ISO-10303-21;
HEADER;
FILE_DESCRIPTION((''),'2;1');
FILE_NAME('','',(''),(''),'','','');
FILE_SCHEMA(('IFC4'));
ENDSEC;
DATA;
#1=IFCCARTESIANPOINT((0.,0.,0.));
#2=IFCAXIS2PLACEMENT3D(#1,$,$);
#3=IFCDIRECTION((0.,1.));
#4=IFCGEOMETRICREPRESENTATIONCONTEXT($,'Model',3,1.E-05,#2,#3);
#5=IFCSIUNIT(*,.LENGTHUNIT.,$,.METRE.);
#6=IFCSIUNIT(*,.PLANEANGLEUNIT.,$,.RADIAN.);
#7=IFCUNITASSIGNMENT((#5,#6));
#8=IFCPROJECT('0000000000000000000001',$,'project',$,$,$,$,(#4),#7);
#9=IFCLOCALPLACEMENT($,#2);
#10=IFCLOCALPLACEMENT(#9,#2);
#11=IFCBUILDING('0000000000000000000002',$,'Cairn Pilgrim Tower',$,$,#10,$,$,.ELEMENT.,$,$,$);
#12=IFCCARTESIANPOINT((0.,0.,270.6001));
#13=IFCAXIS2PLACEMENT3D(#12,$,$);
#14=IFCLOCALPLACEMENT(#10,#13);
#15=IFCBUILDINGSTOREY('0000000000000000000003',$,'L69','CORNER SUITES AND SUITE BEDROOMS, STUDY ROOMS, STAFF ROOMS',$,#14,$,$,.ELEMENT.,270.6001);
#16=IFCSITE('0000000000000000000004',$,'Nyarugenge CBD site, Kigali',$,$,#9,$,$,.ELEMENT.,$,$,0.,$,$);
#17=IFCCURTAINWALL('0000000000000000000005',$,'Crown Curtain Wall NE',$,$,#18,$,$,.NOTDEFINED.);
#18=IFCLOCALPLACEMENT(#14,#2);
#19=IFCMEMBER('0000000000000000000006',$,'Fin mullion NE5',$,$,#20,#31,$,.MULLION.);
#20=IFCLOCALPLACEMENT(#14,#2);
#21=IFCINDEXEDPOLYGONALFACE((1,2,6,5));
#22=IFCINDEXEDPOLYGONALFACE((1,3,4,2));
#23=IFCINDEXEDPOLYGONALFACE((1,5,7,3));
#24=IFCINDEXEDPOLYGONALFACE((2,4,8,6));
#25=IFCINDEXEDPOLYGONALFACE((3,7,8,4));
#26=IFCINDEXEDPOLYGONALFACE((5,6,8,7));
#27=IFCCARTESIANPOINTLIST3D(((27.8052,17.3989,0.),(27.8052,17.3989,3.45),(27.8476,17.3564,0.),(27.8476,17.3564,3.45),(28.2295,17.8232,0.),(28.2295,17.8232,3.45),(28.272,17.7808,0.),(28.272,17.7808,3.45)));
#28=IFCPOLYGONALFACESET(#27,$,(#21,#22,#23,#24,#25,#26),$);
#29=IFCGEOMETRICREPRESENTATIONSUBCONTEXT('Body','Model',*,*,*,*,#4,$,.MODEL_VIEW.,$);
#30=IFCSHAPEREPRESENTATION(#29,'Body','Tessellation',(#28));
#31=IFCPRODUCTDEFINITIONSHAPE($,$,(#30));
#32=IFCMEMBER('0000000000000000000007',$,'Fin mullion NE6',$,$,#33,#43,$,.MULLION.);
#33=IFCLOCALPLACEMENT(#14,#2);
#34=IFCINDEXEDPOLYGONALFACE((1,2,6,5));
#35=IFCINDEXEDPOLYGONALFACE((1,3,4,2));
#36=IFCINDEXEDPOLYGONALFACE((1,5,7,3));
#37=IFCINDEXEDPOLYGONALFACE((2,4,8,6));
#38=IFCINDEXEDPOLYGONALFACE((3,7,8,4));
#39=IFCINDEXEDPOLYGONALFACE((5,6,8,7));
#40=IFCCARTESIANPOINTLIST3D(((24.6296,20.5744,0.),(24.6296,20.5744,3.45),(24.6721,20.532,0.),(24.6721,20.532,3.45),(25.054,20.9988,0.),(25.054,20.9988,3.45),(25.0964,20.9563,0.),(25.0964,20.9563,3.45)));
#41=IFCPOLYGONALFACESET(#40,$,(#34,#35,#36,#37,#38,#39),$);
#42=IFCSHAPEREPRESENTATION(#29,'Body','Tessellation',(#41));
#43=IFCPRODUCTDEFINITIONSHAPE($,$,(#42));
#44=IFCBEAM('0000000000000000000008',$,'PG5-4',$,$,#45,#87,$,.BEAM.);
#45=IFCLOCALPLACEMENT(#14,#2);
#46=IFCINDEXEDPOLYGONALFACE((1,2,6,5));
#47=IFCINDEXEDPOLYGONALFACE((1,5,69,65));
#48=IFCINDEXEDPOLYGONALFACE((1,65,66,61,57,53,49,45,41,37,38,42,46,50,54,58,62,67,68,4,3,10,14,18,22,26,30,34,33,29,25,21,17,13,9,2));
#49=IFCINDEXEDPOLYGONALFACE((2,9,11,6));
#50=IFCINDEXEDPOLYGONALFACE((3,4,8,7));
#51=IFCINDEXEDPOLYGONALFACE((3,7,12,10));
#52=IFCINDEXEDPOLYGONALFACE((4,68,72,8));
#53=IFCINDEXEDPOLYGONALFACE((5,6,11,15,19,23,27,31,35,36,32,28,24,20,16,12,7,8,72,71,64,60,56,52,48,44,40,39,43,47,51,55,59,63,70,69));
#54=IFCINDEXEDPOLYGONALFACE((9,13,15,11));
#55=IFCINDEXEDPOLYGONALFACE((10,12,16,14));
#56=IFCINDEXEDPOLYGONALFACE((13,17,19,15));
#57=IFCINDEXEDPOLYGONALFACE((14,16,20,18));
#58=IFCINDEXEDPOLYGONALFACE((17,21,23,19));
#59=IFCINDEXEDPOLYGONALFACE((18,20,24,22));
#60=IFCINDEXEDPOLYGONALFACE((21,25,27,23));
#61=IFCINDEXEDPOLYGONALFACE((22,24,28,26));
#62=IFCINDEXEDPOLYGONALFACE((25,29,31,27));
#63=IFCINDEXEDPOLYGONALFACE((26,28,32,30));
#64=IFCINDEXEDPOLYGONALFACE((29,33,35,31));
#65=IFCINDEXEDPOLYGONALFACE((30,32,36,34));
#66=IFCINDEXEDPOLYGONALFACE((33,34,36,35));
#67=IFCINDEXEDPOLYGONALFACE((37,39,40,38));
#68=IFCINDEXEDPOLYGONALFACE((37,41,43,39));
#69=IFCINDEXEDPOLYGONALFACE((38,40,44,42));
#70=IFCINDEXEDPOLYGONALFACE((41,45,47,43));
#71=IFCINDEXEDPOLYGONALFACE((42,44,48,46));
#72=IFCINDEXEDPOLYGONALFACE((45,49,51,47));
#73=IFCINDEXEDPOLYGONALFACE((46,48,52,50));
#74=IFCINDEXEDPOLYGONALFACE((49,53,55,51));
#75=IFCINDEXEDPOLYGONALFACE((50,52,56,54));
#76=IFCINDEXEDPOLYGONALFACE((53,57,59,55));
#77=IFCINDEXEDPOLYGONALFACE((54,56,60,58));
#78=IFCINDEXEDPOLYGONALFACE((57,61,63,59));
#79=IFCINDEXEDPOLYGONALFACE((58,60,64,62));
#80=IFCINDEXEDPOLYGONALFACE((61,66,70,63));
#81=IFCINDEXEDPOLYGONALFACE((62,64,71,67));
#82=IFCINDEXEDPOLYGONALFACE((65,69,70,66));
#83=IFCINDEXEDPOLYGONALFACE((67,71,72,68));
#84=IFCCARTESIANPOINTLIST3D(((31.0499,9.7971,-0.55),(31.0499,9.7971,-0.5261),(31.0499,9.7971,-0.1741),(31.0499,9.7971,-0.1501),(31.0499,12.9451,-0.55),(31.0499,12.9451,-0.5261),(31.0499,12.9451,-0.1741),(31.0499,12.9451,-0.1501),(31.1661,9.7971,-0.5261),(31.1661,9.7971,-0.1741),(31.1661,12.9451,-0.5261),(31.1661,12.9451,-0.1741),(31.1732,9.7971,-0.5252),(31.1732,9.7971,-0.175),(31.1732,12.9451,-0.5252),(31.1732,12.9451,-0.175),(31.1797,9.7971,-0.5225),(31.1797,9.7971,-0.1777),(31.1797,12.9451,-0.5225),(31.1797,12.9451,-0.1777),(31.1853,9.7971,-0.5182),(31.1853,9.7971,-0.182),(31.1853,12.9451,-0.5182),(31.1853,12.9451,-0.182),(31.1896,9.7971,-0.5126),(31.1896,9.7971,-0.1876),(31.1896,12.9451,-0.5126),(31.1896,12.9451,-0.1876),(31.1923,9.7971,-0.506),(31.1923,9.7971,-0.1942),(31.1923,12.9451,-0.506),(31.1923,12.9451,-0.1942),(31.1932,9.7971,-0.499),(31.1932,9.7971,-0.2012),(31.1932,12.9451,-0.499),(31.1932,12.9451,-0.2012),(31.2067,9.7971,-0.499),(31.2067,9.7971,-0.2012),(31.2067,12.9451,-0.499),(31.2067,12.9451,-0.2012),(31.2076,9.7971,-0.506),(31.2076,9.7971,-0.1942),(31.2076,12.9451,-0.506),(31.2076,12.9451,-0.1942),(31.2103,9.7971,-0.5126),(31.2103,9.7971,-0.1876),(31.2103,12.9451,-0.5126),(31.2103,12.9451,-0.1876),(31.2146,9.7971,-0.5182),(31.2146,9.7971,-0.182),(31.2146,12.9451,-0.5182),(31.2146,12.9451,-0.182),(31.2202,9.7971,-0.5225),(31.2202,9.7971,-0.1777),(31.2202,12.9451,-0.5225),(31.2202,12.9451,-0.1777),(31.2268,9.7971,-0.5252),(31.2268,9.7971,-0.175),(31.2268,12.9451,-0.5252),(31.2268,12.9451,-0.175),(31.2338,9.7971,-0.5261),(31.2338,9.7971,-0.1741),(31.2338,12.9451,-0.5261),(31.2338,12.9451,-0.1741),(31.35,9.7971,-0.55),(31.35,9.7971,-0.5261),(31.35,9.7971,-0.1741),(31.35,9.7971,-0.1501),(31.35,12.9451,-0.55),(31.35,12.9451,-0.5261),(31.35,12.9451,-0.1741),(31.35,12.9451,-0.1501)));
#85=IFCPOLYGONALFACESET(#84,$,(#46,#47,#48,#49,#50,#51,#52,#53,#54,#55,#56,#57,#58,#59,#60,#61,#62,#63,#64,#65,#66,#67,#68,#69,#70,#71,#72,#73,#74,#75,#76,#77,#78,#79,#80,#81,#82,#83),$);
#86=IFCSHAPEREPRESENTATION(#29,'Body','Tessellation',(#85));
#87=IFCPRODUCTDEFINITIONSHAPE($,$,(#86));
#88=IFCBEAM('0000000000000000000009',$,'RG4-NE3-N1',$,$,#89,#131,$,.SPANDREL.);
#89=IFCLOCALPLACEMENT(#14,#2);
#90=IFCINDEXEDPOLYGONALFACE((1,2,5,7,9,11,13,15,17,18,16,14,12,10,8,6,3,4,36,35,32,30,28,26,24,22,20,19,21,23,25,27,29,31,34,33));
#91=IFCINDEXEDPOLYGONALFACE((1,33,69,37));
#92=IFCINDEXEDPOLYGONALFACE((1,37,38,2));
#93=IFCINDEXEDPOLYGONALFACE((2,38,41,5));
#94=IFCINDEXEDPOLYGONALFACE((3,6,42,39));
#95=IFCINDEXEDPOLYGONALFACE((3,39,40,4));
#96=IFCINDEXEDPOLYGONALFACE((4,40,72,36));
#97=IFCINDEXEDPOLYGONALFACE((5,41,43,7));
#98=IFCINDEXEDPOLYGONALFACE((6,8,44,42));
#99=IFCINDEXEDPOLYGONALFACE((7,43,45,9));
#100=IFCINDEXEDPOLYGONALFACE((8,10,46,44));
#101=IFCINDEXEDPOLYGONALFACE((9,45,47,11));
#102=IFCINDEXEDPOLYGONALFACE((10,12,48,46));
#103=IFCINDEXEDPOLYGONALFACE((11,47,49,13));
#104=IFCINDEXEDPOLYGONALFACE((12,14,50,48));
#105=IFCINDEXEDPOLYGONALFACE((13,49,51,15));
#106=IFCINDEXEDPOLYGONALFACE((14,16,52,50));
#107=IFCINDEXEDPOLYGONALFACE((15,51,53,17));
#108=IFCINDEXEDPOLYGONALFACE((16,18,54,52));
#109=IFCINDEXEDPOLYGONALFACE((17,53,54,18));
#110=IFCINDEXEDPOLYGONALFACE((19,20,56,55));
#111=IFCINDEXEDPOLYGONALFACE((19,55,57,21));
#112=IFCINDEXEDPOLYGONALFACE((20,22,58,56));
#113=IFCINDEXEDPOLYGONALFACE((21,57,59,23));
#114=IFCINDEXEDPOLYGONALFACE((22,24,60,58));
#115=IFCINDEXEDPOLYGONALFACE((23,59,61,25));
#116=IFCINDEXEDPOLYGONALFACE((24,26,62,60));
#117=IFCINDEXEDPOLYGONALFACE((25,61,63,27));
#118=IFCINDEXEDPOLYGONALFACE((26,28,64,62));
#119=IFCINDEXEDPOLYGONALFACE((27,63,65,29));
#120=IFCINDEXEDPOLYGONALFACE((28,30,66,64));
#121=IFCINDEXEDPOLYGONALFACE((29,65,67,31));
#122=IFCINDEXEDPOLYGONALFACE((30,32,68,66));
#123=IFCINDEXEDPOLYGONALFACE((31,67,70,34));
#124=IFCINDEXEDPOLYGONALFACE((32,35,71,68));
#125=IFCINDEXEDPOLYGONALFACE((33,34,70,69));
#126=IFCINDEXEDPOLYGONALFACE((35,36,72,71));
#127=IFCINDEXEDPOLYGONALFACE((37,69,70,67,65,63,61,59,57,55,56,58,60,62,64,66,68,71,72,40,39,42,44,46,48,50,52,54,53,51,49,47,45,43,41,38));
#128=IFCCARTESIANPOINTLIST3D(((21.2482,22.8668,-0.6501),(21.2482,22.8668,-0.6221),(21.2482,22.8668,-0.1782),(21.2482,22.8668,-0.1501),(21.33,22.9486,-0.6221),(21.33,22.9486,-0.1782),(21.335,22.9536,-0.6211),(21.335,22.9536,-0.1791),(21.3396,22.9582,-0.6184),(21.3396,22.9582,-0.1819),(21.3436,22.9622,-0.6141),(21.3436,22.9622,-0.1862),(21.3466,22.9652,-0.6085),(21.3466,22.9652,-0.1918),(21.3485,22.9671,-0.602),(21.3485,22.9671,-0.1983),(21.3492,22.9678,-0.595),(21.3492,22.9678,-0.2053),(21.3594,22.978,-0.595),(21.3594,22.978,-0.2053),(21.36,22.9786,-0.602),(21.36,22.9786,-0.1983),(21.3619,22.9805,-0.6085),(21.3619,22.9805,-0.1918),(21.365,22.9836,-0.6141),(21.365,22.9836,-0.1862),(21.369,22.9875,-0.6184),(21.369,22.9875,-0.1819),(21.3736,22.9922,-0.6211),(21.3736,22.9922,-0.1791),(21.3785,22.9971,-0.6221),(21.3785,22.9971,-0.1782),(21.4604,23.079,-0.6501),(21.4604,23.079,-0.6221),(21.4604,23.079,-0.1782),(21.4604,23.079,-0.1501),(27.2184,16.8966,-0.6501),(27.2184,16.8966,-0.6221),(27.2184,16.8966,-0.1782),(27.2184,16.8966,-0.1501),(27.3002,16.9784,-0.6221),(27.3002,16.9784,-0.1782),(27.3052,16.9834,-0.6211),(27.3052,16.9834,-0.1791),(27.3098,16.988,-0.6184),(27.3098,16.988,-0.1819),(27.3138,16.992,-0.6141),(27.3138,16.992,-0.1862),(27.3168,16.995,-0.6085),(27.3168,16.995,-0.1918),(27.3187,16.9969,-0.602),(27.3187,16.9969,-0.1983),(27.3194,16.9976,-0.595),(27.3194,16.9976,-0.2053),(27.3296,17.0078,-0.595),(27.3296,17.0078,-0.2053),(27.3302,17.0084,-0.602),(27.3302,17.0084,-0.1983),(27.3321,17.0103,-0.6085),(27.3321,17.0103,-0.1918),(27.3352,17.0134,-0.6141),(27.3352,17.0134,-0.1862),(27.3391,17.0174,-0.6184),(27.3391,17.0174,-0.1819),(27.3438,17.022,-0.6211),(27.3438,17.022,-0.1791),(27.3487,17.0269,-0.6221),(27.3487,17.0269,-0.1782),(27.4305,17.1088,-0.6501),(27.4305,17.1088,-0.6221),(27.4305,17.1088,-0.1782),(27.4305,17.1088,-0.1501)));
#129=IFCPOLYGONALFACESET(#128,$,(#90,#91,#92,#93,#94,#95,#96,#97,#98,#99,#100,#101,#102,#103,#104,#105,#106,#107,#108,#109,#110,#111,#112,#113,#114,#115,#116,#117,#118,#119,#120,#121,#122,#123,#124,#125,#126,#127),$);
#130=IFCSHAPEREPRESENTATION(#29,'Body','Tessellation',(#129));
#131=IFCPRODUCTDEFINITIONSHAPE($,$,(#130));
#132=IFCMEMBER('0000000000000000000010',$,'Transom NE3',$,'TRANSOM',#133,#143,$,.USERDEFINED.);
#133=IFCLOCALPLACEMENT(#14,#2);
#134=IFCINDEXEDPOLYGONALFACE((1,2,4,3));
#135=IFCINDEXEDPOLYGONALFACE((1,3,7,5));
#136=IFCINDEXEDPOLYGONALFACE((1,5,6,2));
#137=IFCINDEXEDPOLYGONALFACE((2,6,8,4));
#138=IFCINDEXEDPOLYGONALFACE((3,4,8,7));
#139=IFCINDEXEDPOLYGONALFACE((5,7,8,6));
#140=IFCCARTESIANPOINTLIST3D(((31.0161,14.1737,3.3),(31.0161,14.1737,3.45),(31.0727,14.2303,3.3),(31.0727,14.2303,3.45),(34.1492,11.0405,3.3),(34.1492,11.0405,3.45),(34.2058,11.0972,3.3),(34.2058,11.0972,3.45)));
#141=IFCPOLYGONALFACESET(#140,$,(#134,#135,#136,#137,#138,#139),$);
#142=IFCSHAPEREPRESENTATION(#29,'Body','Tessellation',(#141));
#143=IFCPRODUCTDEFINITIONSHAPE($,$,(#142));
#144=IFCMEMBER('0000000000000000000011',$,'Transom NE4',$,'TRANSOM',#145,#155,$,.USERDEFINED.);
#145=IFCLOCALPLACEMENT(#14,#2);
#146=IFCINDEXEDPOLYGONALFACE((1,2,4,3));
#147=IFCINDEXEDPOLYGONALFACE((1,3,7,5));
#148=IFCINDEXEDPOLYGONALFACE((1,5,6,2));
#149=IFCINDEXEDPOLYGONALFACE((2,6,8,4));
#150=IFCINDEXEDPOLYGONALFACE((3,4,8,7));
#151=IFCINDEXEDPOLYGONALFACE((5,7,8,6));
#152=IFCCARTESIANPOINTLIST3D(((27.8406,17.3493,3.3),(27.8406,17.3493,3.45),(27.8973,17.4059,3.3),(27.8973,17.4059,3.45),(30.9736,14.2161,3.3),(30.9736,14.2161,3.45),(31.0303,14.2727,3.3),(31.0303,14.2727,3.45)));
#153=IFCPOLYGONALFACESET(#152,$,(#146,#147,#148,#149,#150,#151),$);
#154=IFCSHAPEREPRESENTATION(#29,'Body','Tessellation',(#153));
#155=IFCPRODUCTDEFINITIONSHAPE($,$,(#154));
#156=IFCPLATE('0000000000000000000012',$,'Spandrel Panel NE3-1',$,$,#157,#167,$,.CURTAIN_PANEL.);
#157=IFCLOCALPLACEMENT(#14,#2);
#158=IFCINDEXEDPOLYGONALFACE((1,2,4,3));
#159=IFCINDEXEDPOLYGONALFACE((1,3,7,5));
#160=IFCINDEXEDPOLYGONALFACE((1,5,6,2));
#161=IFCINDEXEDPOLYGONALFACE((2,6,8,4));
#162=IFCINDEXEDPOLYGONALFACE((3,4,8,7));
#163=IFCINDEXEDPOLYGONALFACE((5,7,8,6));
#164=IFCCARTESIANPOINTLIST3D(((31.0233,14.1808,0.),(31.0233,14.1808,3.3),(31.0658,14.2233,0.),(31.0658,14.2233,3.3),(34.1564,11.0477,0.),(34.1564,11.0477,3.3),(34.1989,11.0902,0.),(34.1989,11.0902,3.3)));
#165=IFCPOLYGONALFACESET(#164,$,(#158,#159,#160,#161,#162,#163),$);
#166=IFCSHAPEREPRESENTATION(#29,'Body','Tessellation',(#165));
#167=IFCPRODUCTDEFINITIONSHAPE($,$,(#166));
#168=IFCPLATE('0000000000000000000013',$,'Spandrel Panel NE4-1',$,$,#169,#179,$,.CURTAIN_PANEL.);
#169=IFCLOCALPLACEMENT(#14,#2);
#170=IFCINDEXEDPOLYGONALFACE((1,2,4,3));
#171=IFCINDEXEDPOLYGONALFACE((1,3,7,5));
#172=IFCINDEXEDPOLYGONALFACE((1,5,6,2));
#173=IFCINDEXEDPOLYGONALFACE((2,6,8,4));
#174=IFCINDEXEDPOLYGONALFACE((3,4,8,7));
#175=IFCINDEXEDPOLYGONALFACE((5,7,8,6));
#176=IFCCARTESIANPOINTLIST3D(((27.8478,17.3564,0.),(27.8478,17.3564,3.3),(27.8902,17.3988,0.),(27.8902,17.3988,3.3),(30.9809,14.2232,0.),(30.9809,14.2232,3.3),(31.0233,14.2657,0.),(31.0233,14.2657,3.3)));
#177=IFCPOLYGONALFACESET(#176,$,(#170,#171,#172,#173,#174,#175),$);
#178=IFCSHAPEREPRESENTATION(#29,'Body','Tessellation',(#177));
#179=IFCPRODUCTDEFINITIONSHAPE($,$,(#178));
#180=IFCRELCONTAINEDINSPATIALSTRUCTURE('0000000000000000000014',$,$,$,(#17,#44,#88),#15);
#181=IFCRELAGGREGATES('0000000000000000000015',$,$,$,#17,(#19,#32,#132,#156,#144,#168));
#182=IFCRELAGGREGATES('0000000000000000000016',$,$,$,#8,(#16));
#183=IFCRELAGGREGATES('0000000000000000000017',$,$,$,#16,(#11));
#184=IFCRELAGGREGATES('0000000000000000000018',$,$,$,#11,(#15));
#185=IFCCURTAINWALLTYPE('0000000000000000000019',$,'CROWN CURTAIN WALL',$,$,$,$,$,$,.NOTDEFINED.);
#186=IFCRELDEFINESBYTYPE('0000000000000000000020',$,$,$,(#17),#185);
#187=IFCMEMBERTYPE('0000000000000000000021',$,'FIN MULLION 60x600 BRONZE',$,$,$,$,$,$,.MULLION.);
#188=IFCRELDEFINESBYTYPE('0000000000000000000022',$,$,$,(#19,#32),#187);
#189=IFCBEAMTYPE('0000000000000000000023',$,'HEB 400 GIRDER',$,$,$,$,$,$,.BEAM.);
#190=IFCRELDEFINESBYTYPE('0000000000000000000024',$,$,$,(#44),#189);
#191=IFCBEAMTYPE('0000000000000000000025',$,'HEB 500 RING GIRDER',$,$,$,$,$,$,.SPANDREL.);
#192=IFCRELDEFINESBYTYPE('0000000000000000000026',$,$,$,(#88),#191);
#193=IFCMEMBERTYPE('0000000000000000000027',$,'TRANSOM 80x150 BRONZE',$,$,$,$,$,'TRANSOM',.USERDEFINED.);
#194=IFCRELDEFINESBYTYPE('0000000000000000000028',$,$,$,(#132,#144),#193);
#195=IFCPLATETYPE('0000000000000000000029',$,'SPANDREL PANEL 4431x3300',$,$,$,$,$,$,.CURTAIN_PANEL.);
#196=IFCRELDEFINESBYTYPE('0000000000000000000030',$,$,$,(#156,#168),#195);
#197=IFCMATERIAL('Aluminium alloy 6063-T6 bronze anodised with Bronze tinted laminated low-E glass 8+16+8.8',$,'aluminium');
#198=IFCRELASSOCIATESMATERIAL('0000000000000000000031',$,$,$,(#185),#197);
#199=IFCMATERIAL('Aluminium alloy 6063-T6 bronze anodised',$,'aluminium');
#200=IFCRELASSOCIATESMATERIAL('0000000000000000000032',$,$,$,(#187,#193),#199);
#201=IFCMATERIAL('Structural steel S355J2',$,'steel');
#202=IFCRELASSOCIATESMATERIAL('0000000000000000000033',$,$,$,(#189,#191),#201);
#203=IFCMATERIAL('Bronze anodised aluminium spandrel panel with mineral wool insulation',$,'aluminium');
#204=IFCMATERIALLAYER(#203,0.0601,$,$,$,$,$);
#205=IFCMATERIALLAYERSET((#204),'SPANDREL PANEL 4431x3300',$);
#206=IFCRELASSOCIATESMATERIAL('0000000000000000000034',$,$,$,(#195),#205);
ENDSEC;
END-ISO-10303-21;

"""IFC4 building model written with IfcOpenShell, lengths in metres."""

from ifc_helpers import new_model, si_unit, direction, frame, origin, origin_2d, place, context, subcontext, project, spatial, rectangle, i_section, extrude, material, layer, layer_set, material_profile, profile_set, type_object, element, aggregate, save


model = new_model("IFC4")

# Units and contexts
model_context = context("Model", 3, precision=1e-05, world=origin(), true_north=direction((0.0, 1.0)))
body_context = subcontext(model_context, "Body", "Model", "MODEL_VIEW")
ifc_project = project(units=[si_unit("LENGTHUNIT", "METRE"), si_unit("PLANEANGLEUNIT", "RADIAN")], contexts=[model_context])

# Site, building, storey
site_placement = place(None, origin())
site = spatial("IfcSite", under=ifc_project, at=site_placement, Name="Nyarugenge CBD site, Kigali", CompositionType="ELEMENT", RefElevation=0.0)
building_placement = place(site_placement, origin())
building = spatial("IfcBuilding", under=site, at=building_placement, Name="Cairn Pilgrim Tower", CompositionType="ELEMENT")
storey_placement = place(building_placement, frame((0.0, 0.0, 270.6001)))
storey = spatial("IfcBuildingStorey", under=building, at=storey_placement, Name="L69", Description="CORNER SUITES AND SUITE BEDROOMS, STUDY ROOMS, STAFF ROOMS", CompositionType="ELEMENT", Elevation=270.6001)

# Shared definitions
ifc_material_1 = material(Name="Structural steel S355J2", Category="steel")

# Curtain wall, members
ifc_material_2 = material(Name="Aluminium alloy 6063-T6 bronze anodised with Bronze tinted laminated low-E glass 8+16+8.8", Category="aluminium")
curtain_wall_type = type_object("IfcCurtainWallType", Name="CROWN CURTAIN WALL", PredefinedType="NOTDEFINED", material=ifc_material_2)
curtain_wall_placement = place(storey_placement, origin())
curtain_wall = element("IfcCurtainWall", 1, at=curtain_wall_placement, inside=storey, type_object=curtain_wall_type, Name="Crown Curtain Wall NE", PredefinedType="NOTDEFINED")
ifc_material_3 = material(Name="Aluminium alloy 6063-T6 bronze anodised", Category="aluminium")
ifc_material_profile_1 = material_profile(ifc_material_3, rectangle(XDim=0.6001, YDim=0.0601, at=origin_2d()), Name="FIN MULLION 60x600 BRONZE")
ifc_profile_set_1 = profile_set([ifc_material_profile_1], Name="Aluminium alloy 6063-T6 bronze anodised")
member_type_1 = type_object("IfcMemberType", Name="FIN MULLION 60x600 BRONZE", PredefinedType="MULLION", material=ifc_profile_set_1)
member_1_placement = place(storey_placement, frame((28.0386, 17.5898, 0.0), z_axis=(0.0, 0.0, 1.0), x_axis=(0.707107, 0.707107, 0.0)))
member_1 = element("IfcMember", 2, at=member_1_placement, type_object=member_type_1, Name="Fin mullion NE5", PredefinedType="MULLION", context=body_context, shape_type="SweptSolid", body=[
    extrude(rectangle(XDim=0.6001, YDim=0.0601, at=origin_2d()), origin(), (0.0, 0.0, 1.0), 3.45),
])
member_2_placement = place(storey_placement, frame((24.863, 20.7654, 0.0), z_axis=(0.0, 0.0, 1.0), x_axis=(0.707107, 0.707107, 0.0)))
member_2 = element("IfcMember", 3, at=member_2_placement, type_object=member_type_1, Name="Fin mullion NE6", PredefinedType="MULLION", context=body_context, shape_type="SweptSolid", body=[
    extrude(rectangle(XDim=0.6001, YDim=0.0601, at=origin_2d()), origin(), (0.0, 0.0, 1.0), 3.45),
])

# Beams
ifc_material_profile_2 = material_profile(ifc_material_1, i_section(OverallWidth=0.3, OverallDepth=0.3999, WebThickness=0.0134, FlangeThickness=0.0239, FilletRadius=0.0271, at=origin_2d()), Name="HEB 400")
ifc_profile_set_2 = profile_set([ifc_material_profile_2], Name="Structural steel S355J2")
beam_type_1 = type_object("IfcBeamType", Name="HEB 400 GIRDER", PredefinedType="BEAM", material=ifc_profile_set_2)
beam_1_placement = place(storey_placement, frame((31.2, 9.7971, -0.3501), z_axis=(0.0, 1.0, 0.0), x_axis=(-1.0, 0.0, 0.0)))
element("IfcBeam", 4, at=beam_1_placement, inside=storey, type_object=beam_type_1, Name="PG5-4", PredefinedType="BEAM", context=body_context, shape_type="SweptSolid", body=[
    extrude(i_section(OverallWidth=0.3, OverallDepth=0.3999, WebThickness=0.0134, FlangeThickness=0.0239, FilletRadius=0.0271, at=origin_2d()), origin(), (0.0, 0.0, 1.0), 3.1479),
])
ifc_material_profile_3 = material_profile(ifc_material_1, i_section(OverallWidth=0.3, OverallDepth=0.5, WebThickness=0.0144, FlangeThickness=0.0281, FilletRadius=0.0271, at=origin_2d()), Name="HEB 500")
ifc_profile_set_3 = profile_set([ifc_material_profile_3], Name="Structural steel S355J2")
beam_type_2 = type_object("IfcBeamType", Name="HEB 500 RING GIRDER", PredefinedType="SPANDREL", material=ifc_profile_set_3)
beam_2_placement = place(storey_placement, frame((27.3245, 17.0027, -0.4001), z_axis=(-0.707107, 0.707107, 0.0), x_axis=(-0.707107, -0.707107, 0.0)))
element("IfcBeam", 5, at=beam_2_placement, inside=storey, type_object=beam_type_2, Name="RG4-NE3-N1", PredefinedType="SPANDREL", context=body_context, shape_type="SweptSolid", body=[
    extrude(i_section(OverallWidth=0.3, OverallDepth=0.5, WebThickness=0.0144, FlangeThickness=0.0281, FilletRadius=0.0271, at=origin_2d()), origin(), (0.0, 0.0, 1.0), 8.4431),
])

# Members
ifc_material_profile_4 = material_profile(ifc_material_3, rectangle(XDim=0.0801, YDim=0.1499, at=origin_2d()), Name="TRANSOM 80x150 BRONZE")
ifc_profile_set_4 = profile_set([ifc_material_profile_4], Name="Aluminium alloy 6063-T6 bronze anodised")
member_type_2 = type_object("IfcMemberType", Name="TRANSOM 80x150 BRONZE", ElementType="TRANSOM", PredefinedType="USERDEFINED", material=ifc_profile_set_4)
member_3_placement = place(storey_placement, frame((34.1775, 11.0688, 3.375), z_axis=(-0.707107, 0.707107, 0.0), x_axis=(-0.707107, -0.707107, 0.0)))
member_3 = element("IfcMember", 6, at=member_3_placement, type_object=member_type_2, Name="Transom NE3", ObjectType="TRANSOM", PredefinedType="USERDEFINED", context=body_context, shape_type="SweptSolid", body=[
    extrude(rectangle(XDim=0.0801, YDim=0.1499, at=origin_2d()), origin(), (0.0, 0.0, 1.0), 4.4309),
])
member_4_placement = place(storey_placement, frame((31.002, 14.2444, 3.375), z_axis=(-0.707079, 0.707134, 0.0), x_axis=(-0.707134, -0.707079, 0.0)))
member_4 = element("IfcMember", 7, at=member_4_placement, type_object=member_type_2, Name="Transom NE4", ObjectType="TRANSOM", PredefinedType="USERDEFINED", context=body_context, shape_type="SweptSolid", body=[
    extrude(rectangle(XDim=0.0801, YDim=0.1499, at=origin_2d()), origin(), (0.0, 0.0, 1.0), 4.4309),
])

# Plates
ifc_material_4 = material(Name="Bronze anodised aluminium spandrel panel with mineral wool insulation", Category="aluminium")
ifc_layer_1 = layer(ifc_material_4, 0.0601)
ifc_layer_set_1 = layer_set([ifc_layer_1], Name="SPANDREL PANEL 4431x3300")
plate_type = type_object("IfcPlateType", Name="SPANDREL PANEL 4431x3300", PredefinedType="CURTAIN_PANEL", material=ifc_layer_set_1)
plate_1_placement = place(storey_placement, frame((32.6111, 12.6355, 0.0), z_axis=(0.0, 0.0, 1.0), x_axis=(-0.707107, 0.707107, 0.0)))
plate_1 = element("IfcPlate", 8, at=plate_1_placement, type_object=plate_type, Name="Spandrel Panel NE3-1", PredefinedType="CURTAIN_PANEL", context=body_context, shape_type="SweptSolid", body=[
    extrude(rectangle(XDim=4.4309, YDim=0.0601, at=origin_2d()), origin(), (0.0, 0.0, 1.0), 3.3),
])
plate_2_placement = place(storey_placement, frame((29.4355, 15.811, 0.0), z_axis=(0.0, 0.0, 1.0), x_axis=(-0.707107, 0.707107, 0.0)))
plate_2 = element("IfcPlate", 9, at=plate_2_placement, type_object=plate_type, Name="Spandrel Panel NE4-1", PredefinedType="CURTAIN_PANEL", context=body_context, shape_type="SweptSolid", body=[
    extrude(rectangle(XDim=4.4309, YDim=0.0601, at=origin_2d()), origin(), (0.0, 0.0, 1.0), 3.3),
])
aggregate(curtain_wall, [member_1, member_2, member_3, plate_1, member_4, plate_2])

save(model, "model.ifc")
